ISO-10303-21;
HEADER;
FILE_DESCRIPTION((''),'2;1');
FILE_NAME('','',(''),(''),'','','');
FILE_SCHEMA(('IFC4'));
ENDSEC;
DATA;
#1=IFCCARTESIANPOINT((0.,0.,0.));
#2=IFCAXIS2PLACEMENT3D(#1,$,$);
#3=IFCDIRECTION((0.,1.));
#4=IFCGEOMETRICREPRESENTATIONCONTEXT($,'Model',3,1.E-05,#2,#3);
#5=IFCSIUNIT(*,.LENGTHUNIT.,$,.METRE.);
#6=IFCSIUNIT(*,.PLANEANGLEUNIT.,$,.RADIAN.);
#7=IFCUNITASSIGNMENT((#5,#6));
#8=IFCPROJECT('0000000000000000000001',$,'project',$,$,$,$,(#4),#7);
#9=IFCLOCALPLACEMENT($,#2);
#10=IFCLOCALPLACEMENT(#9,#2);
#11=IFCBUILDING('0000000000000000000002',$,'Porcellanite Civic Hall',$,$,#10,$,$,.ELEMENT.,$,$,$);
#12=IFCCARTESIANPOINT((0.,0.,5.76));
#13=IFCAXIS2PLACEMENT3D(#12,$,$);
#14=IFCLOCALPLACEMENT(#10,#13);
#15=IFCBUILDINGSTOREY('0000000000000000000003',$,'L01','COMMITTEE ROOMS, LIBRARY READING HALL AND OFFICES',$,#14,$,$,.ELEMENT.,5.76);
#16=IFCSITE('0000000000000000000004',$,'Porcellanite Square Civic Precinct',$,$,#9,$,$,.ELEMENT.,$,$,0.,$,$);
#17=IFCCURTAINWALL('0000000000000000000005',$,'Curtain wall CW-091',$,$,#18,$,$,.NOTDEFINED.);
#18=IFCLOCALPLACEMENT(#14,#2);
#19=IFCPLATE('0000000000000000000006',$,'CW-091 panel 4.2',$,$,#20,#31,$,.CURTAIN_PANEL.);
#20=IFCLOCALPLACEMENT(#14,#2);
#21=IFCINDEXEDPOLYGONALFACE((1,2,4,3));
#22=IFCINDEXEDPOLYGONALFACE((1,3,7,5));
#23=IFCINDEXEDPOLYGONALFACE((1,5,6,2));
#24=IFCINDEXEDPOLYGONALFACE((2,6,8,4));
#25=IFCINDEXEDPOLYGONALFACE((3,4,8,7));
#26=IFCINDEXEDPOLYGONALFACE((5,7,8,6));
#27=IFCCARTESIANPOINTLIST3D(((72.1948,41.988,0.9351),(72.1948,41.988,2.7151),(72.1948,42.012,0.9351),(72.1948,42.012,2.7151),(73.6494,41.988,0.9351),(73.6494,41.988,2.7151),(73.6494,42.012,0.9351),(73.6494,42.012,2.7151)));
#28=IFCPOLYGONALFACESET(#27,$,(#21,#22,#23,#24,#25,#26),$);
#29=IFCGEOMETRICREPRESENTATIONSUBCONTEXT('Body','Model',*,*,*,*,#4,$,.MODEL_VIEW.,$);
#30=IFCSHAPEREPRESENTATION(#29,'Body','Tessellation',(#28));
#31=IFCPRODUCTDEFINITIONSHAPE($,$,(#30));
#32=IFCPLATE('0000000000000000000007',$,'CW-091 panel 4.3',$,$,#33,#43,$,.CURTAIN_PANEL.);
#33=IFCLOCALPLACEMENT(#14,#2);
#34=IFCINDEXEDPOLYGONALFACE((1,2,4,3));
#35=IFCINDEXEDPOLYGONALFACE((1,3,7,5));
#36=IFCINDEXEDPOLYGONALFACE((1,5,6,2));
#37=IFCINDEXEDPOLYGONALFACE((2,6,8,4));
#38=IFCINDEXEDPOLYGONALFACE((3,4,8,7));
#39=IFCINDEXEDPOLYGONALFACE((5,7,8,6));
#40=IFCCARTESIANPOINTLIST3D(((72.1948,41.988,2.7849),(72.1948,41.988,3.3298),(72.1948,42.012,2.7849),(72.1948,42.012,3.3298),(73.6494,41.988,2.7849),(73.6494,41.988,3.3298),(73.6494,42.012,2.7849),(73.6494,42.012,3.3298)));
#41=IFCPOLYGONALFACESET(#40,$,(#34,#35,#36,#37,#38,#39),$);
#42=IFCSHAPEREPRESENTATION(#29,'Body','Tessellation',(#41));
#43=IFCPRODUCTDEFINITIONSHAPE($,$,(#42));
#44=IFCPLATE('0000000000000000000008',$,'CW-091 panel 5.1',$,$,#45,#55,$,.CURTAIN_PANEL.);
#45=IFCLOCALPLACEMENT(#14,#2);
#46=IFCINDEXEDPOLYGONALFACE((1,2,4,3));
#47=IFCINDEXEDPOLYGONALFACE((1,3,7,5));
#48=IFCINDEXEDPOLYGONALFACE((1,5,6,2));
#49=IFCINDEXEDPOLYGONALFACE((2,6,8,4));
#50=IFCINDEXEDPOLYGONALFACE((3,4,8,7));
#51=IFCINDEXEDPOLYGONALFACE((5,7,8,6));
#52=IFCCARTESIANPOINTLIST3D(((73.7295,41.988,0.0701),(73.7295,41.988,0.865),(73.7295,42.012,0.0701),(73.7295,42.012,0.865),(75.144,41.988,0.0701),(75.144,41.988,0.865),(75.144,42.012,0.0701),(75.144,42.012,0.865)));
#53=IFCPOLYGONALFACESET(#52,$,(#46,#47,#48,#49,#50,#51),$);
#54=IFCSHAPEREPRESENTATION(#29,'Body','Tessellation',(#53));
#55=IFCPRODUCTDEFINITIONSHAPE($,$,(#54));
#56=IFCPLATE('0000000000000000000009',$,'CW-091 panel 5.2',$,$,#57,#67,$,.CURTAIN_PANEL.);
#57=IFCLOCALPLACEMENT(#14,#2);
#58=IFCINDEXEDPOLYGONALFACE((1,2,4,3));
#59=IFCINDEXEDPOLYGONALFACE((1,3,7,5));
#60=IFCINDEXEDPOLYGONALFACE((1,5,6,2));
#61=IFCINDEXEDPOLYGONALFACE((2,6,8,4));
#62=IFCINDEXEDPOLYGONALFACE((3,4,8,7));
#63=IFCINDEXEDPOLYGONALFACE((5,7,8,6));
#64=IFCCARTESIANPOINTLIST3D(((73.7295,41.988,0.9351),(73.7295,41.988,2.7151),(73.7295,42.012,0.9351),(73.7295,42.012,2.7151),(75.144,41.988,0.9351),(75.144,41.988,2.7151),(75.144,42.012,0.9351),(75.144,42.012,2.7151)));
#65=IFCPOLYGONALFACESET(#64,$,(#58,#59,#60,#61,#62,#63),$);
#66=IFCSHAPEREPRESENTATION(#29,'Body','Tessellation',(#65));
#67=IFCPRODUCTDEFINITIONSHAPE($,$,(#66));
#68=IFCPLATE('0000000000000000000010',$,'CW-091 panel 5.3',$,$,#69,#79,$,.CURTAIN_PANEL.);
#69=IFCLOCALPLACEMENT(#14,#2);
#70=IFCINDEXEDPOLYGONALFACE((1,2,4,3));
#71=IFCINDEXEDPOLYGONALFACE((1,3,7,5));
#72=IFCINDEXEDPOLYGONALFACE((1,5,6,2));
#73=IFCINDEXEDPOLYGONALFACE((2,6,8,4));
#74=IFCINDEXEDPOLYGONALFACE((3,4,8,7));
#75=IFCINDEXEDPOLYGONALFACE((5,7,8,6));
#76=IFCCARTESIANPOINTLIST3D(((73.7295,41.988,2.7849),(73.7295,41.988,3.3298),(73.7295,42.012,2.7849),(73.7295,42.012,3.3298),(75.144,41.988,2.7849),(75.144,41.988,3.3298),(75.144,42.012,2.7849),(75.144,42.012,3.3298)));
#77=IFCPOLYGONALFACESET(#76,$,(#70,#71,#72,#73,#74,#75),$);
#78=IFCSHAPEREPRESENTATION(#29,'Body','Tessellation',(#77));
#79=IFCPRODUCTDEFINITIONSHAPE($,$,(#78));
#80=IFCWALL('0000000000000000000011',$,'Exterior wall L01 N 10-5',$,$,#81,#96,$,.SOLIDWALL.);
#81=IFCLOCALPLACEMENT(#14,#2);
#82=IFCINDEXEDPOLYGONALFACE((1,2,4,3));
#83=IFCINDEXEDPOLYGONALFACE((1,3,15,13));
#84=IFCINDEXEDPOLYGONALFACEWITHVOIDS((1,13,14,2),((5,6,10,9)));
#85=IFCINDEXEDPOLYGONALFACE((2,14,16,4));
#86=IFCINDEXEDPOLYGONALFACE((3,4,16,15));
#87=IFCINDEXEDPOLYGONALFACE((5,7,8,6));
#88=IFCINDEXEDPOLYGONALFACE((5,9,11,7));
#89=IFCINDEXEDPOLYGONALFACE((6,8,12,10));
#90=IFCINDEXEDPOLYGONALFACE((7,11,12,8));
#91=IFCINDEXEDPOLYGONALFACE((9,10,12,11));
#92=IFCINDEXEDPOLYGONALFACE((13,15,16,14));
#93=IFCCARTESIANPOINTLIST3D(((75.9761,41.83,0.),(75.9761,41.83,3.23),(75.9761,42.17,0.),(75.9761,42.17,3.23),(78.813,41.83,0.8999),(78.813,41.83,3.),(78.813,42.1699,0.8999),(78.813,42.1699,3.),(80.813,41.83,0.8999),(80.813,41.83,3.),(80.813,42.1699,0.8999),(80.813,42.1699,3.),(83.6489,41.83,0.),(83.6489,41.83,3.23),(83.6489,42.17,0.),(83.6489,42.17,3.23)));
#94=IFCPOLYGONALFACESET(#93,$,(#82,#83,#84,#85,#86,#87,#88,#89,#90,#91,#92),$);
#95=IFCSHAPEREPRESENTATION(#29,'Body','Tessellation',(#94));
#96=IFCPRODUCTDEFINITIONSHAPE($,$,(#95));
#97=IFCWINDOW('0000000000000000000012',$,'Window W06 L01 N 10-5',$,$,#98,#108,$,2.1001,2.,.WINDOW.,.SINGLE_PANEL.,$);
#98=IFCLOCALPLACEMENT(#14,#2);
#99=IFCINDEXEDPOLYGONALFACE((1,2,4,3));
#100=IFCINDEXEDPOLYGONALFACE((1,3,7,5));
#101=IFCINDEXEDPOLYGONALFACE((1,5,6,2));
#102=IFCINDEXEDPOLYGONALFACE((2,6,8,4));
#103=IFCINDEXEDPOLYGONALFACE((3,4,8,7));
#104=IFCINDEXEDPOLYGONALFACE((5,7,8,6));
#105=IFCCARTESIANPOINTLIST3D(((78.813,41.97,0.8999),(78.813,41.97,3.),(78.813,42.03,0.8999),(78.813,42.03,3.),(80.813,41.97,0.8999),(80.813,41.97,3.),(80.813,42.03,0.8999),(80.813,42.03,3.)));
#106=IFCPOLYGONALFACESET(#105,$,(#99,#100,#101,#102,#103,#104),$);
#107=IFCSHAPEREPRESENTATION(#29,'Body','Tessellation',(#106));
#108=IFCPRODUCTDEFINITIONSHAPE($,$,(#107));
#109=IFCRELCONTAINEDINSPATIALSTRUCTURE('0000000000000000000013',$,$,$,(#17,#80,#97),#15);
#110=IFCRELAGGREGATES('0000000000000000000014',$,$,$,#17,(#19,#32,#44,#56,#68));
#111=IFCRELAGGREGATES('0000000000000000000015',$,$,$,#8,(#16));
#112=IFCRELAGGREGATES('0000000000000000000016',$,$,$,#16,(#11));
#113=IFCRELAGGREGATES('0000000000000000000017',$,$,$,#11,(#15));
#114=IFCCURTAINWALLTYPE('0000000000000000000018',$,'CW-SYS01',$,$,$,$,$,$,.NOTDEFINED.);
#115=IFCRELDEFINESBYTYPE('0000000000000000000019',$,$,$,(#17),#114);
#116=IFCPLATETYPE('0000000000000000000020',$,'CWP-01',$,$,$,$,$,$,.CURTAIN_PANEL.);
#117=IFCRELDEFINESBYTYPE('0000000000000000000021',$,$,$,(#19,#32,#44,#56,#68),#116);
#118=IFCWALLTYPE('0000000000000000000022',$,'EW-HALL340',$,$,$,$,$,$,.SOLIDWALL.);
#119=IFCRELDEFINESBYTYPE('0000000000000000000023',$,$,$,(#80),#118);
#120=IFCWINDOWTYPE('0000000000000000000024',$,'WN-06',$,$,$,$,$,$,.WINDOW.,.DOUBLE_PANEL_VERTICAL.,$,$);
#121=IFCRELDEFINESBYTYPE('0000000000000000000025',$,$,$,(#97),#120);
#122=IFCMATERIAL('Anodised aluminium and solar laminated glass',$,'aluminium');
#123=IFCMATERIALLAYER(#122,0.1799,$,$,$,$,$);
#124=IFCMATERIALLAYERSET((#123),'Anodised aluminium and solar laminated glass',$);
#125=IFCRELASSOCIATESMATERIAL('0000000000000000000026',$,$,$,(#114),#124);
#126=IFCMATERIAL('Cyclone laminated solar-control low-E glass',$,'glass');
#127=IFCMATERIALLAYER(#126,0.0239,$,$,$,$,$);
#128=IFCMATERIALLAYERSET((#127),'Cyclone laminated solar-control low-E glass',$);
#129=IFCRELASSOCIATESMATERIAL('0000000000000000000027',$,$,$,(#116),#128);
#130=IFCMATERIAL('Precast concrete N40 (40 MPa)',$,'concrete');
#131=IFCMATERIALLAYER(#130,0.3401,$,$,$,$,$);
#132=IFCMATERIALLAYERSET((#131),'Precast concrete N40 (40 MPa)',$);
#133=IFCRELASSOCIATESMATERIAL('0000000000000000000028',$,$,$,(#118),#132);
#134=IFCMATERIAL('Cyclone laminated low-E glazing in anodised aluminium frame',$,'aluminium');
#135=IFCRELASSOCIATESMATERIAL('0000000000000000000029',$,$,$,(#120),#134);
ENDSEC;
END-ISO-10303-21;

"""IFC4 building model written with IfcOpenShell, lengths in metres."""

from ifc_helpers import new_model, si_unit, direction, frame, frame_2d, origin, origin_2d, place, context, subcontext, project, spatial, rectangle, extrude, material, layer, layer_set, type_object, element, fill, aggregate, save


model = new_model("IFC4")

# Units and contexts
model_context = context("Model", 3, precision=1e-05, world=origin(), true_north=direction((0.0, 1.0)))
body_context = subcontext(model_context, "Body", "Model", "MODEL_VIEW")
ifc_project = project(units=[si_unit("LENGTHUNIT", "METRE"), si_unit("PLANEANGLEUNIT", "RADIAN")], contexts=[model_context])

# Site, building, storey
site_placement = place(None, origin())
site = spatial("IfcSite", under=ifc_project, at=site_placement, Name="Porcellanite Square Civic Precinct", CompositionType="ELEMENT", RefElevation=0.0)
building_placement = place(site_placement, origin())
building = spatial("IfcBuilding", under=site, at=building_placement, Name="Porcellanite Civic Hall", CompositionType="ELEMENT")
storey_placement = place(building_placement, frame((0.0, 0.0, 5.76)))
storey = spatial("IfcBuildingStorey", under=building, at=storey_placement, Name="L01", Description="COMMITTEE ROOMS, LIBRARY READING HALL AND OFFICES", CompositionType="ELEMENT", Elevation=5.76)

# Curtain wall
ifc_material_1 = material(Name="Anodised aluminium and solar laminated glass", Category="aluminium")
ifc_layer_1 = layer(ifc_material_1, 0.1799)
ifc_layer_set_1 = layer_set([ifc_layer_1], Name="Anodised aluminium and solar laminated glass")
curtain_wall_type = type_object("IfcCurtainWallType", Name="CW-SYS01", PredefinedType="NOTDEFINED", material=ifc_layer_set_1)
curtain_wall_1_placement = place(storey_placement, origin())
curtain_wall_1 = element("IfcCurtainWall", 1, at=curtain_wall_1_placement, inside=storey, type_object=curtain_wall_type, Name="Curtain wall CW-091", PredefinedType="NOTDEFINED")

# Plates
ifc_material_2 = material(Name="Cyclone laminated solar-control low-E glass", Category="glass")
ifc_layer_2 = layer(ifc_material_2, 0.0239)
ifc_layer_set_2 = layer_set([ifc_layer_2], Name="Cyclone laminated solar-control low-E glass")
plate_type = type_object("IfcPlateType", Name="CWP-01", PredefinedType="CURTAIN_PANEL", material=ifc_layer_set_2)
plate_1_placement = place(storey_placement, frame((72.9221, 42.0, 0.9351), z_axis=(0.0, 0.0, 1.0), x_axis=(1.0, 0.0, 0.0)))
plate_1 = element("IfcPlate", 2, at=plate_1_placement, type_object=plate_type, Name="CW-091 panel 4.2", PredefinedType="CURTAIN_PANEL", context=body_context, shape_type="SweptSolid", body=[
    extrude(rectangle(XDim=1.4546, YDim=0.0239, at=origin_2d()), origin(), (0.0, 0.0, 1.0), 1.78),
])
plate_2_placement = place(storey_placement, frame((72.9221, 42.0, 2.7849), z_axis=(0.0, 0.0, 1.0), x_axis=(1.0, 0.0, 0.0)))
plate_2 = element("IfcPlate", 3, at=plate_2_placement, type_object=plate_type, Name="CW-091 panel 4.3", PredefinedType="CURTAIN_PANEL", context=body_context, shape_type="SweptSolid", body=[
    extrude(rectangle(XDim=1.4546, YDim=0.0239, at=origin_2d()), origin(), (0.0, 0.0, 1.0), 0.5449),
])
plate_3_placement = place(storey_placement, frame((74.4368, 42.0, 0.0701), z_axis=(0.0, 0.0, 1.0), x_axis=(1.0, 0.0, 0.0)))
plate_3 = element("IfcPlate", 4, at=plate_3_placement, type_object=plate_type, Name="CW-091 panel 5.1", PredefinedType="CURTAIN_PANEL", context=body_context, shape_type="SweptSolid", body=[
    extrude(rectangle(XDim=1.4146, YDim=0.0239, at=origin_2d()), origin(), (0.0, 0.0, 1.0), 0.7949),
])
plate_4_placement = place(storey_placement, frame((74.4368, 42.0, 0.9351), z_axis=(0.0, 0.0, 1.0), x_axis=(1.0, 0.0, 0.0)))
plate_4 = element("IfcPlate", 5, at=plate_4_placement, type_object=plate_type, Name="CW-091 panel 5.2", PredefinedType="CURTAIN_PANEL", context=body_context, shape_type="SweptSolid", body=[
    extrude(rectangle(XDim=1.4146, YDim=0.0239, at=origin_2d()), origin(), (0.0, 0.0, 1.0), 1.78),
])
plate_5_placement = place(storey_placement, frame((74.4368, 42.0, 2.7849), z_axis=(0.0, 0.0, 1.0), x_axis=(1.0, 0.0, 0.0)))
plate_5 = element("IfcPlate", 6, at=plate_5_placement, type_object=plate_type, Name="CW-091 panel 5.3", PredefinedType="CURTAIN_PANEL", context=body_context, shape_type="SweptSolid", body=[
    extrude(rectangle(XDim=1.4146, YDim=0.0239, at=origin_2d()), origin(), (0.0, 0.0, 1.0), 0.5449),
])
aggregate(curtain_wall_1, [plate_1, plate_2, plate_3, plate_4, plate_5])

# Wall, opening, window
ifc_material_3 = material(Name="Precast concrete N40 (40 MPa)", Category="concrete")
ifc_layer_3 = layer(ifc_material_3, 0.3401)
ifc_layer_set_3 = layer_set([ifc_layer_3], Name="Precast concrete N40 (40 MPa)")
wall_type = type_object("IfcWallType", Name="EW-HALL340", PredefinedType="SOLIDWALL", material=ifc_layer_set_3)
wall_placement = place(storey_placement, frame((75.9761, 42.0, 0.0), z_axis=(0.0, 0.0, 1.0), x_axis=(1.0, 0.0, 0.0)))
wall = element("IfcWall", 7, at=wall_placement, inside=storey, type_object=wall_type, Name="Exterior wall L01 N 10-5", PredefinedType="SOLIDWALL", context=body_context, shape_type="SweptSolid", body=[
    extrude(rectangle(XDim=7.6729, YDim=0.3401, at=frame_2d((3.8364, 0.0))), origin(), (0.0, 0.0, 1.0), 3.23),
])
opening_placement = place(wall_placement, frame((2.8369, 0.0, 0.8999)))
opening = element("IfcOpeningElement", 8, at=opening_placement, cuts=wall, PredefinedType="OPENING", context=body_context, shape_type="SweptSolid", body=[
    extrude(rectangle(XDim=2.0, YDim=2.1001, at=frame_2d((1.0, 1.05))), frame((0.0, 0.1699, 0.0), z_axis=(0.0, -1.0, 0.0), x_axis=(1.0, 0.0, 0.0)), (0.0, 0.0, 1.0), 0.3401),
])
ifc_material_4 = material(Name="Cyclone laminated low-E glazing in anodised aluminium frame", Category="aluminium")
window_type = type_object("IfcWindowType", Name="WN-06", PartitioningType="DOUBLE_PANEL_VERTICAL", PredefinedType="WINDOW", material=ifc_material_4)
window_placement = place(opening_placement, origin())
window = element("IfcWindow", 9, at=window_placement, inside=storey, type_object=window_type, Name="Window W06 L01 N 10-5", OverallHeight=2.1001, OverallWidth=2.0, PartitioningType="SINGLE_PANEL", PredefinedType="WINDOW", context=body_context, shape_type="SweptSolid", body=[
    extrude(rectangle(XDim=2.0, YDim=2.1001, at=frame_2d((1.0, 1.05))), frame((0.0, 0.03, 0.0), z_axis=(0.0, -1.0, 0.0), x_axis=(1.0, 0.0, 0.0)), (0.0, 0.0, 1.0), 0.0601),
])
fill(opening, window)

save(model, "model.ifc")
